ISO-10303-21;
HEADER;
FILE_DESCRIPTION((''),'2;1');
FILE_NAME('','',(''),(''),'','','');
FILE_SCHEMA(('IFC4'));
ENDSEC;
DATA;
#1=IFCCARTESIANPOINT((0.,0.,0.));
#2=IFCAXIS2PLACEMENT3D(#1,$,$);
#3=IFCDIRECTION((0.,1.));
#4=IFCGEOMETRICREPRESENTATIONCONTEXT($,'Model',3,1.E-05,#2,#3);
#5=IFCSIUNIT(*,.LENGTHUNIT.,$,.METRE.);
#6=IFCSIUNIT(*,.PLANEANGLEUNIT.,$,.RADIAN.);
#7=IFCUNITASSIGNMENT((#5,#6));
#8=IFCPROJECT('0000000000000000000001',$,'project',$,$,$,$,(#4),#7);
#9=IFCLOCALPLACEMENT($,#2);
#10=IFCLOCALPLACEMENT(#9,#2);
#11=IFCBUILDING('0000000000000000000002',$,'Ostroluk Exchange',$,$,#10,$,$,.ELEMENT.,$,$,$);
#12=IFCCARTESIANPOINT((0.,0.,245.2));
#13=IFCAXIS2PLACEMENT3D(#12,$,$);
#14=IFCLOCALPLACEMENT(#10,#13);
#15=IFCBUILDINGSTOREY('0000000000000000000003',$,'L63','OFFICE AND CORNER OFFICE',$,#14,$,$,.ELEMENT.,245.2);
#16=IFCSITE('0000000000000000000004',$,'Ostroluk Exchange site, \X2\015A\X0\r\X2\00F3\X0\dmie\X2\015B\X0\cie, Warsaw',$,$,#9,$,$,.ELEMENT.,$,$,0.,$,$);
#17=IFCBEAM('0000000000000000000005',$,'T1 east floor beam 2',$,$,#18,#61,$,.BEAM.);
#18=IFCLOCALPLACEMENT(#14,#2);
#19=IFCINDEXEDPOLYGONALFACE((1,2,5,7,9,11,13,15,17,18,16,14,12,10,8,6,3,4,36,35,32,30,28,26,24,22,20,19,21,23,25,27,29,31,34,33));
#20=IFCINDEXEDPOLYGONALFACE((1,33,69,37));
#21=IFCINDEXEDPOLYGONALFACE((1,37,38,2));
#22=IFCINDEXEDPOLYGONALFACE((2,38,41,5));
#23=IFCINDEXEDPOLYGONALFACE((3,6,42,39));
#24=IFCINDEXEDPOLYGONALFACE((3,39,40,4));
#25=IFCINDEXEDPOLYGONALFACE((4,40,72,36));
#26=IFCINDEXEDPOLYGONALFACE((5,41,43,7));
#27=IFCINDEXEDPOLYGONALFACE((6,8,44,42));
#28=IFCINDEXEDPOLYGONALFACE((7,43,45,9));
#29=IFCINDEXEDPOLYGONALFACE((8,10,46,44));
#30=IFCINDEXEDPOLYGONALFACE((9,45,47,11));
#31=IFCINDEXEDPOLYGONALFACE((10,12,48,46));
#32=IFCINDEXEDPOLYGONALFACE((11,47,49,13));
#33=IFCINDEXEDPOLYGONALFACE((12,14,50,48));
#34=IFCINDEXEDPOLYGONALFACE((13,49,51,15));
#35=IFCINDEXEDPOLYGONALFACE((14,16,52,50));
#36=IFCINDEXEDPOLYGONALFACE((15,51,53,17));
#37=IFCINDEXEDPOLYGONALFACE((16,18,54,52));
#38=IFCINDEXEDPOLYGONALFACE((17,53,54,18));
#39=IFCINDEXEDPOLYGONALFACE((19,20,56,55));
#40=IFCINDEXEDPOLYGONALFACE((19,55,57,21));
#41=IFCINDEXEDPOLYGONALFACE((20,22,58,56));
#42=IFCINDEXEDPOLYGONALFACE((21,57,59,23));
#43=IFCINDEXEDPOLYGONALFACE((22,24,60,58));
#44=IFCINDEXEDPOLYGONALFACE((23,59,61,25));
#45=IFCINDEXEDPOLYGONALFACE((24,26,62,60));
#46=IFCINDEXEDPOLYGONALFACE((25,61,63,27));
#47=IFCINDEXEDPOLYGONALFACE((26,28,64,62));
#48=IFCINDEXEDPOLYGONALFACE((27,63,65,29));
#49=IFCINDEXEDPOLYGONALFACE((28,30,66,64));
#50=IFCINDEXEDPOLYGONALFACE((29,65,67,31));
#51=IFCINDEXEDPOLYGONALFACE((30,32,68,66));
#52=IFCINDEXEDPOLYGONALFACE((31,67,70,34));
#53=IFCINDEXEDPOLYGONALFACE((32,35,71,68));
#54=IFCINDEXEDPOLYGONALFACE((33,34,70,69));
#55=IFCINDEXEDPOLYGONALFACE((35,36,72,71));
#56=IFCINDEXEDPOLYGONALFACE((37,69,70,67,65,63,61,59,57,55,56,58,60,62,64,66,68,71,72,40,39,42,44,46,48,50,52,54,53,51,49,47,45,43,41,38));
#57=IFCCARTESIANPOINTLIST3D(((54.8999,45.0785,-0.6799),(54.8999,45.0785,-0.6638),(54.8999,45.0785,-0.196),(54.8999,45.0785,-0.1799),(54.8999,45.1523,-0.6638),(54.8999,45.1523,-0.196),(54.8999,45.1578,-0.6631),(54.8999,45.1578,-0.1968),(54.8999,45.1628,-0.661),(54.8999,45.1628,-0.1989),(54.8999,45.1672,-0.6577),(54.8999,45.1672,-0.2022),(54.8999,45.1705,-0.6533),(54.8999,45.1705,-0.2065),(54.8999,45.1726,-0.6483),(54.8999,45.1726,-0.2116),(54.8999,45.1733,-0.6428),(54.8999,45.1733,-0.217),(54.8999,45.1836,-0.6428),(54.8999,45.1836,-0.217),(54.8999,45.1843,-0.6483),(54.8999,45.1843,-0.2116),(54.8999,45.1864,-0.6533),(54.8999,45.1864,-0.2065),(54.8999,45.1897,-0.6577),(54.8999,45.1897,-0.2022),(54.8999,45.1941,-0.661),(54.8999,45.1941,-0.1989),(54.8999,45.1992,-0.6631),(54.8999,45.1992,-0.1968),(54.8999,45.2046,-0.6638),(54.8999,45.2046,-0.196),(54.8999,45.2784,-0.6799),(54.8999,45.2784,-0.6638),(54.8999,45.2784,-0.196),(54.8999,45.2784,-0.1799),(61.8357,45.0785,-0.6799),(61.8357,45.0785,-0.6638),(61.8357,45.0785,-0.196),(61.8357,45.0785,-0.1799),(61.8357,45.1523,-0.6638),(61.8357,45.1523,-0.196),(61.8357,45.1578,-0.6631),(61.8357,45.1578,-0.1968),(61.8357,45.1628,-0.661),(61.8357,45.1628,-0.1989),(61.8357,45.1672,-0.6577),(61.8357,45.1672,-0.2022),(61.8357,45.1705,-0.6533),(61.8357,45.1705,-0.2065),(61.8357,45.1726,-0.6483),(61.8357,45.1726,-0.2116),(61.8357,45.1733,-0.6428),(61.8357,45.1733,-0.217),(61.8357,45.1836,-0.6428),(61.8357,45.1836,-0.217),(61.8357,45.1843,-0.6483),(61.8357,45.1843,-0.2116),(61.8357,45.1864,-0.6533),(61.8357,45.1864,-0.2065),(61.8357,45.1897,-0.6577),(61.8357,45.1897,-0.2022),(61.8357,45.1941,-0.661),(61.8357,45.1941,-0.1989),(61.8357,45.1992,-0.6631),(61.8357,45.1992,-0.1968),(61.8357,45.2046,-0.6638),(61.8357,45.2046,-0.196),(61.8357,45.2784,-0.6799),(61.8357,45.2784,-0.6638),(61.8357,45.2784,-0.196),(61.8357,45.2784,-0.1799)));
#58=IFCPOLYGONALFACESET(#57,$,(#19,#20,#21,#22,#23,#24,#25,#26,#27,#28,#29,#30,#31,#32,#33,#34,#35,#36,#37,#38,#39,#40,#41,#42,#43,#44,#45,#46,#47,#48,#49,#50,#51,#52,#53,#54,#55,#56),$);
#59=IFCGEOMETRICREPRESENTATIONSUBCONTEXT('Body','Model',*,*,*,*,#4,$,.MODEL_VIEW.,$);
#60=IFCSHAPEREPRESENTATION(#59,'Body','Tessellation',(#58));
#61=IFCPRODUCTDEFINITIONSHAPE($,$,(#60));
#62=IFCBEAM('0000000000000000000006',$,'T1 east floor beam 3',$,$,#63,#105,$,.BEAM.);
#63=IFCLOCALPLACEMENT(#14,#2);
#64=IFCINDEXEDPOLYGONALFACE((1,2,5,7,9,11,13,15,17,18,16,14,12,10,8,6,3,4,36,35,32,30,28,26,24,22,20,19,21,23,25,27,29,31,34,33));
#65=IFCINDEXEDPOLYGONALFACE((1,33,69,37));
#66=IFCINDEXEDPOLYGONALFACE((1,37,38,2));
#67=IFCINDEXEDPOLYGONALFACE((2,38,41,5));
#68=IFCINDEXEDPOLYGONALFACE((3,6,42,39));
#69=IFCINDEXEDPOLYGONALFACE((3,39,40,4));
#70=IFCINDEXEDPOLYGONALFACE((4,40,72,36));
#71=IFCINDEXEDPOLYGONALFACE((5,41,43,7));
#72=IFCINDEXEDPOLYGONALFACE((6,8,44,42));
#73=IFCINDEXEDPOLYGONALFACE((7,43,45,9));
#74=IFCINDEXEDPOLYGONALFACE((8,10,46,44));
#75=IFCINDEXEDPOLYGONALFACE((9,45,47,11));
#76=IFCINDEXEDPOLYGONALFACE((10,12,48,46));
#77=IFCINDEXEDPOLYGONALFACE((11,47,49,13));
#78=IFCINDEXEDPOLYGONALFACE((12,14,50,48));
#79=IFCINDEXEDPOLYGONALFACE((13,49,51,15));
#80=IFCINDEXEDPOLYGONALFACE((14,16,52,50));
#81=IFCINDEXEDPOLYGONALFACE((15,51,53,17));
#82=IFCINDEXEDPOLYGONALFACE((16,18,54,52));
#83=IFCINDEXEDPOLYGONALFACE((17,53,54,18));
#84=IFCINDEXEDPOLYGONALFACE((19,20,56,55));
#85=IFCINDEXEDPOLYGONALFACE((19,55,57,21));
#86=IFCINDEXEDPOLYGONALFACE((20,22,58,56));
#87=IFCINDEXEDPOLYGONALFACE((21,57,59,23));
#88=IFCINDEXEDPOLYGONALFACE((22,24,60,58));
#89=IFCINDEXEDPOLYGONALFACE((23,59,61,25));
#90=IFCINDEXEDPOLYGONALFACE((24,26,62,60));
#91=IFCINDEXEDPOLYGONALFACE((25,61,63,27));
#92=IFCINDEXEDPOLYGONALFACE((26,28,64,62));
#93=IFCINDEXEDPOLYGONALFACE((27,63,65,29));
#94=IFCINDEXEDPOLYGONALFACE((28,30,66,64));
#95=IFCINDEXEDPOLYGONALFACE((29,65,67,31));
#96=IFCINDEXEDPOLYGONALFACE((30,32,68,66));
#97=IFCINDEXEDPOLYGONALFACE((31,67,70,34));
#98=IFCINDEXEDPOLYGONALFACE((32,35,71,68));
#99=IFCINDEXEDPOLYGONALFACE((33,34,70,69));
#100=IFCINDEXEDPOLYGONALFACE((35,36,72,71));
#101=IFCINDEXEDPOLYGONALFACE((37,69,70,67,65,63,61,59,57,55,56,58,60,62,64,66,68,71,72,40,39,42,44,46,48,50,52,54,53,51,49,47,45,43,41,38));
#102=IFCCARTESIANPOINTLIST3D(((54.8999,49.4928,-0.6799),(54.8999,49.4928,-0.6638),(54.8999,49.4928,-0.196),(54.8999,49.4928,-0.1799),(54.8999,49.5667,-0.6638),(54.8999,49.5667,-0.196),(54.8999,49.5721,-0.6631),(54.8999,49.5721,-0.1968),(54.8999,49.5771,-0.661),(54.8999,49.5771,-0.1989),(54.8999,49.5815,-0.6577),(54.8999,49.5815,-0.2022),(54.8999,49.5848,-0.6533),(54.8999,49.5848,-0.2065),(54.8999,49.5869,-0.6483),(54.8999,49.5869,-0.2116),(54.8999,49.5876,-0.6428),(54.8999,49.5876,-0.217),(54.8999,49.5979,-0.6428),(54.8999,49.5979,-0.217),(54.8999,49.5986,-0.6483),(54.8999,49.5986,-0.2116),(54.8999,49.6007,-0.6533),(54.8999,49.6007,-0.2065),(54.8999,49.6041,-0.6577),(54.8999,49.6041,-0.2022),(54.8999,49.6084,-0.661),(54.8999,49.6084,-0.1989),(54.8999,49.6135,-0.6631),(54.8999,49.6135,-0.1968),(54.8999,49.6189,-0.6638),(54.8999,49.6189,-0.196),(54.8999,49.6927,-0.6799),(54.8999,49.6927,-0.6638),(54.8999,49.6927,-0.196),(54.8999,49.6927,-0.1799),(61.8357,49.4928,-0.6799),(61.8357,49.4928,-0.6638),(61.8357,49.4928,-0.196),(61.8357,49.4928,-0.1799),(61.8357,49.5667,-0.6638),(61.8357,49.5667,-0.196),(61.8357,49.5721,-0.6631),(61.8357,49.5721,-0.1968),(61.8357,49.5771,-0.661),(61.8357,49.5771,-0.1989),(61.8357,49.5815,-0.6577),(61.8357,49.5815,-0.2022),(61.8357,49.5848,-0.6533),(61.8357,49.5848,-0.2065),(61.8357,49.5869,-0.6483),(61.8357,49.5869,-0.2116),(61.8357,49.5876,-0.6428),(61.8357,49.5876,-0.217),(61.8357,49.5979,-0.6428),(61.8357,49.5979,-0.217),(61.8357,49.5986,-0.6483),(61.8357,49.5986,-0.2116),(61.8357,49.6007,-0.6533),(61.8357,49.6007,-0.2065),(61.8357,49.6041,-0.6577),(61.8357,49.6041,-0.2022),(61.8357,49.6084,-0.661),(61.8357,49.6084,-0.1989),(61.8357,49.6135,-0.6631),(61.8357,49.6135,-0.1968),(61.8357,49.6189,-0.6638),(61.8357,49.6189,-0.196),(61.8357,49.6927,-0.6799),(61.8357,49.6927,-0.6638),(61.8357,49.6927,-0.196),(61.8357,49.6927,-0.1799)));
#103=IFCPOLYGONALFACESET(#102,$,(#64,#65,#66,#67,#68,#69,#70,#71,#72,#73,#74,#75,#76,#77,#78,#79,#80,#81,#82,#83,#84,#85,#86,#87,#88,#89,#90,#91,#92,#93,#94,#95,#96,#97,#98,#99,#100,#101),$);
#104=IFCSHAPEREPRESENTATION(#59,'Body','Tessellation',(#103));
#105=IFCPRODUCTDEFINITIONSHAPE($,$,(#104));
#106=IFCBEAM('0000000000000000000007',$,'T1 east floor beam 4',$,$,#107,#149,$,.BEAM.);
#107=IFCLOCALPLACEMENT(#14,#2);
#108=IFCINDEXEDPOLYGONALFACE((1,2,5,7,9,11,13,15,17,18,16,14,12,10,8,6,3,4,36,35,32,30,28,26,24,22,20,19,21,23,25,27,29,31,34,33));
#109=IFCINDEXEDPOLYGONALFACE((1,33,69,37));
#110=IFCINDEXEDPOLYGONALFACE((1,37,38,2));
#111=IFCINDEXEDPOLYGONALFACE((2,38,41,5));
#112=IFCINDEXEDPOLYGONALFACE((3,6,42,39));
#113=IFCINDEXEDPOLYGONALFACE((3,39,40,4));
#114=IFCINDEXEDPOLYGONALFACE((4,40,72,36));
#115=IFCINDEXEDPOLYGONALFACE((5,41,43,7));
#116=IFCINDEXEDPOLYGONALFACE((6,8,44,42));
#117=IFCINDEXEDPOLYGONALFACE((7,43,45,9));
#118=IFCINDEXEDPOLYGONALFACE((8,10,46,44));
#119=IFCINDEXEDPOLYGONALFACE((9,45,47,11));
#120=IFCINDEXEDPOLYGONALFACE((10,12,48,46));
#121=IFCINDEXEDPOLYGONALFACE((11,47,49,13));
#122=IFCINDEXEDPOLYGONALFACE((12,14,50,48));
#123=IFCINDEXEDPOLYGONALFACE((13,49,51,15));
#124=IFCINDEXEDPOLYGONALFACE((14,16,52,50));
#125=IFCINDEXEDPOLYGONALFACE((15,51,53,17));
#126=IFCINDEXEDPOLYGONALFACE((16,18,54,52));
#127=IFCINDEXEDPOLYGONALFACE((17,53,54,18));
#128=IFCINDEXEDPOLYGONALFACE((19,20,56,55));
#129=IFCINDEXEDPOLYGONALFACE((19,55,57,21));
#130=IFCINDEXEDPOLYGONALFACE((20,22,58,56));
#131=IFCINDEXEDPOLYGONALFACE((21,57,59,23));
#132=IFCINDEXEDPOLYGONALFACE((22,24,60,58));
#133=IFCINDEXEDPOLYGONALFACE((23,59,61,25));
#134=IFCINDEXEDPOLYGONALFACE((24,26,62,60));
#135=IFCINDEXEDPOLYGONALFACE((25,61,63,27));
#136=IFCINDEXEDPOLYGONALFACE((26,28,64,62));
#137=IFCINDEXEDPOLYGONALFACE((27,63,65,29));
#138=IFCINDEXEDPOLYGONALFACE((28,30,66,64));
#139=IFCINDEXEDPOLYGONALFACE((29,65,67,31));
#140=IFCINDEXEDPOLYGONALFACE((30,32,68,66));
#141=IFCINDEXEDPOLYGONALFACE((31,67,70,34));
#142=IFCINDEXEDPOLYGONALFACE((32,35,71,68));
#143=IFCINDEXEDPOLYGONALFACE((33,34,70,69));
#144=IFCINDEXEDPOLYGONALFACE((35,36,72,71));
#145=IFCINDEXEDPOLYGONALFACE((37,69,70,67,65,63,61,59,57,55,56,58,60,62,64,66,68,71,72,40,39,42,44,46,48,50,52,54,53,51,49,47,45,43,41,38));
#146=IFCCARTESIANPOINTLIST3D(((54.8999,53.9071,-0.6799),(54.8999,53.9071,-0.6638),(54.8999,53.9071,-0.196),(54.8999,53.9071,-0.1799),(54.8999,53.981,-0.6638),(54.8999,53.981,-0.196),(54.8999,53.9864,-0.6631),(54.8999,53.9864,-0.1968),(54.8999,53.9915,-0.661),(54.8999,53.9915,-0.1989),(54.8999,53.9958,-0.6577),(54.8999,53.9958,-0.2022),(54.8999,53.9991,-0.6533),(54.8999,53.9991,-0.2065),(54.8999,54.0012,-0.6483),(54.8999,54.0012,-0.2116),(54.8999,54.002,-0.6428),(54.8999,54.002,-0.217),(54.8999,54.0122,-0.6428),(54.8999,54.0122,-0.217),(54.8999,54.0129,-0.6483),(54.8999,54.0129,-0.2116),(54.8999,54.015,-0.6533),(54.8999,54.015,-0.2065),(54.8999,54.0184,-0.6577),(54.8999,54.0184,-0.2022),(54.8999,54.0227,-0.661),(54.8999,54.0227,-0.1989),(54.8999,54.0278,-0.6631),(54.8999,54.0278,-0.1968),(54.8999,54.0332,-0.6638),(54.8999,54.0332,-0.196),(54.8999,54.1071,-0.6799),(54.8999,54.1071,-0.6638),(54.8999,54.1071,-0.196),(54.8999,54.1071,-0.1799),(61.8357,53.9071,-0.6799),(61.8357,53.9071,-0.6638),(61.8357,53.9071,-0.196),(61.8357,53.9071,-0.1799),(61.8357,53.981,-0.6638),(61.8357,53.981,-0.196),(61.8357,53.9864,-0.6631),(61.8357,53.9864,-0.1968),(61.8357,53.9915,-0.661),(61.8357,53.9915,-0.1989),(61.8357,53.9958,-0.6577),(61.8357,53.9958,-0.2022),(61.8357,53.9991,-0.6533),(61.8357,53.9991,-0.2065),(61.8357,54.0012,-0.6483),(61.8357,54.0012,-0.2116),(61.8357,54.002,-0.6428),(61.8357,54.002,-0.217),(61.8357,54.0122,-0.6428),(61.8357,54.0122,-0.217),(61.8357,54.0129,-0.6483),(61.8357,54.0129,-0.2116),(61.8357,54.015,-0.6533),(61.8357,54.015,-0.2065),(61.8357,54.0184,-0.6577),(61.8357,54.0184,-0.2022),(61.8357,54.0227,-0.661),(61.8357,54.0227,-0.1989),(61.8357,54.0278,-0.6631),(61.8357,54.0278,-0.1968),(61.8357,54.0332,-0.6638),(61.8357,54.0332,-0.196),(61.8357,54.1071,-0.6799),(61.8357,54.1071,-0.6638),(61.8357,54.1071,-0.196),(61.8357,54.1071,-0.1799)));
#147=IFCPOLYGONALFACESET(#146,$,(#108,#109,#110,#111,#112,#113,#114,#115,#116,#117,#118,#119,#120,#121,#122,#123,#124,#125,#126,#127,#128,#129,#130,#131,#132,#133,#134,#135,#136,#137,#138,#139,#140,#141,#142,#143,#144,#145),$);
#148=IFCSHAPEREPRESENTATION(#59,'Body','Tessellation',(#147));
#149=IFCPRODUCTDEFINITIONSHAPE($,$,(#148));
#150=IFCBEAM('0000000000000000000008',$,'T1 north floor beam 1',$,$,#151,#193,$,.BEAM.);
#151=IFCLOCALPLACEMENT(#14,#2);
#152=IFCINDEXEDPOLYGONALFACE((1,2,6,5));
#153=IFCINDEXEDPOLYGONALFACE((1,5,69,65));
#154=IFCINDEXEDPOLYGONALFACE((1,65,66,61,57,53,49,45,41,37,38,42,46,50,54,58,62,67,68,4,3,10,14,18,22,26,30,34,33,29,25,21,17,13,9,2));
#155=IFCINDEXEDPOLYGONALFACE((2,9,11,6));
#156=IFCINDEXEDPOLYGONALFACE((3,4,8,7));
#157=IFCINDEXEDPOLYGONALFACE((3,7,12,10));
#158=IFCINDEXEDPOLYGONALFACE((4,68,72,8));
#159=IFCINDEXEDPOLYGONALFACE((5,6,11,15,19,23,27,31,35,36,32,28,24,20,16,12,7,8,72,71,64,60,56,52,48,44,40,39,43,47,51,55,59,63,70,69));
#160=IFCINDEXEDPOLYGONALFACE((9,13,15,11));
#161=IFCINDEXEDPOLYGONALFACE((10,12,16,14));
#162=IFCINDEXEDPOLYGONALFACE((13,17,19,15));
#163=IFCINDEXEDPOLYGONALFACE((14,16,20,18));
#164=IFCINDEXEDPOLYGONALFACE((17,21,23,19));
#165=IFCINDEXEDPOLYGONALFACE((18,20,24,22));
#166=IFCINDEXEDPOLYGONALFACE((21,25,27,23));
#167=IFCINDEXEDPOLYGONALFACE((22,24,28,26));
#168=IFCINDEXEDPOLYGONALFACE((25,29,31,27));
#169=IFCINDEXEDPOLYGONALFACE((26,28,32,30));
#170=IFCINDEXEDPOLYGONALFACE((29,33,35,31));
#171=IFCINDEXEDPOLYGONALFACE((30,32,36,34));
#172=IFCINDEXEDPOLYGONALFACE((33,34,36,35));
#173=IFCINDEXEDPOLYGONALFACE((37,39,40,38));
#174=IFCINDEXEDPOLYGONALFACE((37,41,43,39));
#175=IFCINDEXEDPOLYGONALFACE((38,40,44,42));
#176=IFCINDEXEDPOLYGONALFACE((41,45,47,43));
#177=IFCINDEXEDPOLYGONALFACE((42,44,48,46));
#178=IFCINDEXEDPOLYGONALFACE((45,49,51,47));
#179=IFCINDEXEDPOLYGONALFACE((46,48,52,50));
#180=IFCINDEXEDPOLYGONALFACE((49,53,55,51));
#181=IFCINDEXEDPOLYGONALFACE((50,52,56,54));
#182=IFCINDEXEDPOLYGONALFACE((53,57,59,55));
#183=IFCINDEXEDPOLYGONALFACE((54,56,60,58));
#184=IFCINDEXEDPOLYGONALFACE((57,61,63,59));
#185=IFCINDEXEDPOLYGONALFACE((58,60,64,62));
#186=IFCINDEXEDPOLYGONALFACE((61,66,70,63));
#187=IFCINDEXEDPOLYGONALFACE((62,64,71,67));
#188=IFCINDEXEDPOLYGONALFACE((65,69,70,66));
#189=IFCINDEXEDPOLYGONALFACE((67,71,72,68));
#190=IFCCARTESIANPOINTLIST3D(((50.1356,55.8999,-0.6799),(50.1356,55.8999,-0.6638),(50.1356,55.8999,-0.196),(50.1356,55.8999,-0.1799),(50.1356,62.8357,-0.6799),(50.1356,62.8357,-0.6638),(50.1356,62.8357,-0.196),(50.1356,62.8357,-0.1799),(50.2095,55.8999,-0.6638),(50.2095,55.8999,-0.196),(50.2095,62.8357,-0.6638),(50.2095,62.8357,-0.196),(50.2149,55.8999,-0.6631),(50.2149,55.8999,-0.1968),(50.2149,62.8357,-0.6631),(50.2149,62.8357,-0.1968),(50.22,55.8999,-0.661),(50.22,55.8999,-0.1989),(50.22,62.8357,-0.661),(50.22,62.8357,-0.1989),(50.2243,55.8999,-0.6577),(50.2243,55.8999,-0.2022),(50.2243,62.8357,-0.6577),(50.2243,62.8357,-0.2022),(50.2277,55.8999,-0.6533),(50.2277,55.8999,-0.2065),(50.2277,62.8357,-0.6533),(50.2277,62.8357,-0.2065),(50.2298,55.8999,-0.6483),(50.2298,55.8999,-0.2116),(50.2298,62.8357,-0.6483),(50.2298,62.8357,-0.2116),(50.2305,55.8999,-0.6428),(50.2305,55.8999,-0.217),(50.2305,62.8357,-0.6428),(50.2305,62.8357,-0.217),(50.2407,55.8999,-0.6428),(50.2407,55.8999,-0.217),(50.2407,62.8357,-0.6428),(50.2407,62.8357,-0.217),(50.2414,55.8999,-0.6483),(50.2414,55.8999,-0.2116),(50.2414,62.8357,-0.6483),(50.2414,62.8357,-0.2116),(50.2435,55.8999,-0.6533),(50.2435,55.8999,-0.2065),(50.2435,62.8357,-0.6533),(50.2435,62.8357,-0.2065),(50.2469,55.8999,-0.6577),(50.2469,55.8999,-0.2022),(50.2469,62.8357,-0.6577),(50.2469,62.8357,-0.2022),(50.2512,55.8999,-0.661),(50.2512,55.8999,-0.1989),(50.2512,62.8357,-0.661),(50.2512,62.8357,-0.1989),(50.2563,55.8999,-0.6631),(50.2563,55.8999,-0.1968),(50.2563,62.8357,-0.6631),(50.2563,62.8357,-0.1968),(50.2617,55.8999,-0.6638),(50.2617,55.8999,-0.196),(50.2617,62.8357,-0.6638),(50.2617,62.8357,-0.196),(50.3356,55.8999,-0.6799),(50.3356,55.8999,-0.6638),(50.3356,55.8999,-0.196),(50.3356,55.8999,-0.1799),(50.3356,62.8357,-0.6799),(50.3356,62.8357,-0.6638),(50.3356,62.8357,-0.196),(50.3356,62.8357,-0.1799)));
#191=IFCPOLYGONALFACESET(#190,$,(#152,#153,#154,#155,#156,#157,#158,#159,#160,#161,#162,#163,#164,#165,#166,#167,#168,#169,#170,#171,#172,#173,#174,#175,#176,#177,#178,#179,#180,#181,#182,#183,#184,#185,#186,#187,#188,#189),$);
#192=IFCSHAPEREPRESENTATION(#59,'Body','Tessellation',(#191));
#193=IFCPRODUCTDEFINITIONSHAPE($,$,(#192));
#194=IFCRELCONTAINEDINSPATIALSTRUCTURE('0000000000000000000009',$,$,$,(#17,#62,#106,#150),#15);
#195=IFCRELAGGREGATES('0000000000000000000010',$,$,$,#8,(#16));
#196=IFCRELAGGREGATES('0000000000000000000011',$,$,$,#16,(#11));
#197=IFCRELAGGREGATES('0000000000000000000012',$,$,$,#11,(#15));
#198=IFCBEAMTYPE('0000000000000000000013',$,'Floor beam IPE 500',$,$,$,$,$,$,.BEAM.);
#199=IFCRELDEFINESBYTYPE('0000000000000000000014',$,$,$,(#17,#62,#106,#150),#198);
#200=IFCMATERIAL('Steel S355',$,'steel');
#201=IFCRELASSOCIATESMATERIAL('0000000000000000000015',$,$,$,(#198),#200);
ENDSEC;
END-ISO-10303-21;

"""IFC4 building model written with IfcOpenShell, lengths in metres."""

from ifc_helpers import new_model, si_unit, direction, frame, origin, origin_2d, place, context, subcontext, project, spatial, i_section, extrude, material, material_profile, profile_set, type_object, element, save


model = new_model("IFC4")

# Units and contexts
model_context = context("Model", 3, precision=1e-05, world=origin(), true_north=direction((0.0, 1.0)))
body_context = subcontext(model_context, "Body", "Model", "MODEL_VIEW")
ifc_project = project(units=[si_unit("LENGTHUNIT", "METRE"), si_unit("PLANEANGLEUNIT", "RADIAN")], contexts=[model_context])

# Site, building, storey
site_placement = place(None, origin())
site = spatial("IfcSite", under=ifc_project, at=site_placement, Name="Ostroluk Exchange site, Śródmieście, Warsaw", CompositionType="ELEMENT", RefElevation=0.0)
building_placement = place(site_placement, origin())
building = spatial("IfcBuilding", under=site, at=building_placement, Name="Ostroluk Exchange", CompositionType="ELEMENT")
storey_placement = place(building_placement, frame((0.0, 0.0, 245.2)))
storey = spatial("IfcBuildingStorey", under=building, at=storey_placement, Name="L63", Description="OFFICE AND CORNER OFFICE", CompositionType="ELEMENT", Elevation=245.2)

# Beams
ifc_material_1 = material(Name="Steel S355", Category="steel")
ifc_material_profile_1 = material_profile(ifc_material_1, i_section(OverallWidth=0.2, OverallDepth=0.5, WebThickness=0.0103, FlangeThickness=0.0161, FilletRadius=0.021, at=origin_2d()), Name="IPE 500")
ifc_profile_set_1 = profile_set([ifc_material_profile_1], Name="Steel S355")
beam_type_1 = type_object("IfcBeamType", Name="Floor beam IPE 500", PredefinedType="BEAM", material=ifc_profile_set_1)
for number, where, z_axis, x_axis, name in (
    (1, (54.8999, 45.1785, -0.4299), (1.0, 0.0, 0.0), (0.0, 1.0, 0.0), "T1 east floor beam 2"),
    (2, (54.8999, 49.5928, -0.4299), (1.0, 0.0, 0.0), (0.0, 1.0, 0.0), "T1 east floor beam 3"),
    (3, (54.8999, 54.0071, -0.4299), (1.0, 0.0, 0.0), (0.0, 1.0, 0.0), "T1 east floor beam 4"),
    (4, (50.2356, 55.8999, -0.4299), (0.0, 1.0, 0.0), (-1.0, 0.0, 0.0), "T1 north floor beam 1"),
):
    element("IfcBeam", number, at=place(storey_placement, frame(where, z_axis=z_axis, x_axis=x_axis)), inside=storey, type_object=beam_type_1, Name=name, PredefinedType="BEAM", context=body_context, shape_type="SweptSolid", body=[
        extrude(i_section(OverallWidth=0.2, OverallDepth=0.5, WebThickness=0.0103, FlangeThickness=0.0161, FilletRadius=0.021, at=origin_2d()), origin(), (0.0, 0.0, 1.0), 6.9358),
    ])

save(model, "model.ifc")
